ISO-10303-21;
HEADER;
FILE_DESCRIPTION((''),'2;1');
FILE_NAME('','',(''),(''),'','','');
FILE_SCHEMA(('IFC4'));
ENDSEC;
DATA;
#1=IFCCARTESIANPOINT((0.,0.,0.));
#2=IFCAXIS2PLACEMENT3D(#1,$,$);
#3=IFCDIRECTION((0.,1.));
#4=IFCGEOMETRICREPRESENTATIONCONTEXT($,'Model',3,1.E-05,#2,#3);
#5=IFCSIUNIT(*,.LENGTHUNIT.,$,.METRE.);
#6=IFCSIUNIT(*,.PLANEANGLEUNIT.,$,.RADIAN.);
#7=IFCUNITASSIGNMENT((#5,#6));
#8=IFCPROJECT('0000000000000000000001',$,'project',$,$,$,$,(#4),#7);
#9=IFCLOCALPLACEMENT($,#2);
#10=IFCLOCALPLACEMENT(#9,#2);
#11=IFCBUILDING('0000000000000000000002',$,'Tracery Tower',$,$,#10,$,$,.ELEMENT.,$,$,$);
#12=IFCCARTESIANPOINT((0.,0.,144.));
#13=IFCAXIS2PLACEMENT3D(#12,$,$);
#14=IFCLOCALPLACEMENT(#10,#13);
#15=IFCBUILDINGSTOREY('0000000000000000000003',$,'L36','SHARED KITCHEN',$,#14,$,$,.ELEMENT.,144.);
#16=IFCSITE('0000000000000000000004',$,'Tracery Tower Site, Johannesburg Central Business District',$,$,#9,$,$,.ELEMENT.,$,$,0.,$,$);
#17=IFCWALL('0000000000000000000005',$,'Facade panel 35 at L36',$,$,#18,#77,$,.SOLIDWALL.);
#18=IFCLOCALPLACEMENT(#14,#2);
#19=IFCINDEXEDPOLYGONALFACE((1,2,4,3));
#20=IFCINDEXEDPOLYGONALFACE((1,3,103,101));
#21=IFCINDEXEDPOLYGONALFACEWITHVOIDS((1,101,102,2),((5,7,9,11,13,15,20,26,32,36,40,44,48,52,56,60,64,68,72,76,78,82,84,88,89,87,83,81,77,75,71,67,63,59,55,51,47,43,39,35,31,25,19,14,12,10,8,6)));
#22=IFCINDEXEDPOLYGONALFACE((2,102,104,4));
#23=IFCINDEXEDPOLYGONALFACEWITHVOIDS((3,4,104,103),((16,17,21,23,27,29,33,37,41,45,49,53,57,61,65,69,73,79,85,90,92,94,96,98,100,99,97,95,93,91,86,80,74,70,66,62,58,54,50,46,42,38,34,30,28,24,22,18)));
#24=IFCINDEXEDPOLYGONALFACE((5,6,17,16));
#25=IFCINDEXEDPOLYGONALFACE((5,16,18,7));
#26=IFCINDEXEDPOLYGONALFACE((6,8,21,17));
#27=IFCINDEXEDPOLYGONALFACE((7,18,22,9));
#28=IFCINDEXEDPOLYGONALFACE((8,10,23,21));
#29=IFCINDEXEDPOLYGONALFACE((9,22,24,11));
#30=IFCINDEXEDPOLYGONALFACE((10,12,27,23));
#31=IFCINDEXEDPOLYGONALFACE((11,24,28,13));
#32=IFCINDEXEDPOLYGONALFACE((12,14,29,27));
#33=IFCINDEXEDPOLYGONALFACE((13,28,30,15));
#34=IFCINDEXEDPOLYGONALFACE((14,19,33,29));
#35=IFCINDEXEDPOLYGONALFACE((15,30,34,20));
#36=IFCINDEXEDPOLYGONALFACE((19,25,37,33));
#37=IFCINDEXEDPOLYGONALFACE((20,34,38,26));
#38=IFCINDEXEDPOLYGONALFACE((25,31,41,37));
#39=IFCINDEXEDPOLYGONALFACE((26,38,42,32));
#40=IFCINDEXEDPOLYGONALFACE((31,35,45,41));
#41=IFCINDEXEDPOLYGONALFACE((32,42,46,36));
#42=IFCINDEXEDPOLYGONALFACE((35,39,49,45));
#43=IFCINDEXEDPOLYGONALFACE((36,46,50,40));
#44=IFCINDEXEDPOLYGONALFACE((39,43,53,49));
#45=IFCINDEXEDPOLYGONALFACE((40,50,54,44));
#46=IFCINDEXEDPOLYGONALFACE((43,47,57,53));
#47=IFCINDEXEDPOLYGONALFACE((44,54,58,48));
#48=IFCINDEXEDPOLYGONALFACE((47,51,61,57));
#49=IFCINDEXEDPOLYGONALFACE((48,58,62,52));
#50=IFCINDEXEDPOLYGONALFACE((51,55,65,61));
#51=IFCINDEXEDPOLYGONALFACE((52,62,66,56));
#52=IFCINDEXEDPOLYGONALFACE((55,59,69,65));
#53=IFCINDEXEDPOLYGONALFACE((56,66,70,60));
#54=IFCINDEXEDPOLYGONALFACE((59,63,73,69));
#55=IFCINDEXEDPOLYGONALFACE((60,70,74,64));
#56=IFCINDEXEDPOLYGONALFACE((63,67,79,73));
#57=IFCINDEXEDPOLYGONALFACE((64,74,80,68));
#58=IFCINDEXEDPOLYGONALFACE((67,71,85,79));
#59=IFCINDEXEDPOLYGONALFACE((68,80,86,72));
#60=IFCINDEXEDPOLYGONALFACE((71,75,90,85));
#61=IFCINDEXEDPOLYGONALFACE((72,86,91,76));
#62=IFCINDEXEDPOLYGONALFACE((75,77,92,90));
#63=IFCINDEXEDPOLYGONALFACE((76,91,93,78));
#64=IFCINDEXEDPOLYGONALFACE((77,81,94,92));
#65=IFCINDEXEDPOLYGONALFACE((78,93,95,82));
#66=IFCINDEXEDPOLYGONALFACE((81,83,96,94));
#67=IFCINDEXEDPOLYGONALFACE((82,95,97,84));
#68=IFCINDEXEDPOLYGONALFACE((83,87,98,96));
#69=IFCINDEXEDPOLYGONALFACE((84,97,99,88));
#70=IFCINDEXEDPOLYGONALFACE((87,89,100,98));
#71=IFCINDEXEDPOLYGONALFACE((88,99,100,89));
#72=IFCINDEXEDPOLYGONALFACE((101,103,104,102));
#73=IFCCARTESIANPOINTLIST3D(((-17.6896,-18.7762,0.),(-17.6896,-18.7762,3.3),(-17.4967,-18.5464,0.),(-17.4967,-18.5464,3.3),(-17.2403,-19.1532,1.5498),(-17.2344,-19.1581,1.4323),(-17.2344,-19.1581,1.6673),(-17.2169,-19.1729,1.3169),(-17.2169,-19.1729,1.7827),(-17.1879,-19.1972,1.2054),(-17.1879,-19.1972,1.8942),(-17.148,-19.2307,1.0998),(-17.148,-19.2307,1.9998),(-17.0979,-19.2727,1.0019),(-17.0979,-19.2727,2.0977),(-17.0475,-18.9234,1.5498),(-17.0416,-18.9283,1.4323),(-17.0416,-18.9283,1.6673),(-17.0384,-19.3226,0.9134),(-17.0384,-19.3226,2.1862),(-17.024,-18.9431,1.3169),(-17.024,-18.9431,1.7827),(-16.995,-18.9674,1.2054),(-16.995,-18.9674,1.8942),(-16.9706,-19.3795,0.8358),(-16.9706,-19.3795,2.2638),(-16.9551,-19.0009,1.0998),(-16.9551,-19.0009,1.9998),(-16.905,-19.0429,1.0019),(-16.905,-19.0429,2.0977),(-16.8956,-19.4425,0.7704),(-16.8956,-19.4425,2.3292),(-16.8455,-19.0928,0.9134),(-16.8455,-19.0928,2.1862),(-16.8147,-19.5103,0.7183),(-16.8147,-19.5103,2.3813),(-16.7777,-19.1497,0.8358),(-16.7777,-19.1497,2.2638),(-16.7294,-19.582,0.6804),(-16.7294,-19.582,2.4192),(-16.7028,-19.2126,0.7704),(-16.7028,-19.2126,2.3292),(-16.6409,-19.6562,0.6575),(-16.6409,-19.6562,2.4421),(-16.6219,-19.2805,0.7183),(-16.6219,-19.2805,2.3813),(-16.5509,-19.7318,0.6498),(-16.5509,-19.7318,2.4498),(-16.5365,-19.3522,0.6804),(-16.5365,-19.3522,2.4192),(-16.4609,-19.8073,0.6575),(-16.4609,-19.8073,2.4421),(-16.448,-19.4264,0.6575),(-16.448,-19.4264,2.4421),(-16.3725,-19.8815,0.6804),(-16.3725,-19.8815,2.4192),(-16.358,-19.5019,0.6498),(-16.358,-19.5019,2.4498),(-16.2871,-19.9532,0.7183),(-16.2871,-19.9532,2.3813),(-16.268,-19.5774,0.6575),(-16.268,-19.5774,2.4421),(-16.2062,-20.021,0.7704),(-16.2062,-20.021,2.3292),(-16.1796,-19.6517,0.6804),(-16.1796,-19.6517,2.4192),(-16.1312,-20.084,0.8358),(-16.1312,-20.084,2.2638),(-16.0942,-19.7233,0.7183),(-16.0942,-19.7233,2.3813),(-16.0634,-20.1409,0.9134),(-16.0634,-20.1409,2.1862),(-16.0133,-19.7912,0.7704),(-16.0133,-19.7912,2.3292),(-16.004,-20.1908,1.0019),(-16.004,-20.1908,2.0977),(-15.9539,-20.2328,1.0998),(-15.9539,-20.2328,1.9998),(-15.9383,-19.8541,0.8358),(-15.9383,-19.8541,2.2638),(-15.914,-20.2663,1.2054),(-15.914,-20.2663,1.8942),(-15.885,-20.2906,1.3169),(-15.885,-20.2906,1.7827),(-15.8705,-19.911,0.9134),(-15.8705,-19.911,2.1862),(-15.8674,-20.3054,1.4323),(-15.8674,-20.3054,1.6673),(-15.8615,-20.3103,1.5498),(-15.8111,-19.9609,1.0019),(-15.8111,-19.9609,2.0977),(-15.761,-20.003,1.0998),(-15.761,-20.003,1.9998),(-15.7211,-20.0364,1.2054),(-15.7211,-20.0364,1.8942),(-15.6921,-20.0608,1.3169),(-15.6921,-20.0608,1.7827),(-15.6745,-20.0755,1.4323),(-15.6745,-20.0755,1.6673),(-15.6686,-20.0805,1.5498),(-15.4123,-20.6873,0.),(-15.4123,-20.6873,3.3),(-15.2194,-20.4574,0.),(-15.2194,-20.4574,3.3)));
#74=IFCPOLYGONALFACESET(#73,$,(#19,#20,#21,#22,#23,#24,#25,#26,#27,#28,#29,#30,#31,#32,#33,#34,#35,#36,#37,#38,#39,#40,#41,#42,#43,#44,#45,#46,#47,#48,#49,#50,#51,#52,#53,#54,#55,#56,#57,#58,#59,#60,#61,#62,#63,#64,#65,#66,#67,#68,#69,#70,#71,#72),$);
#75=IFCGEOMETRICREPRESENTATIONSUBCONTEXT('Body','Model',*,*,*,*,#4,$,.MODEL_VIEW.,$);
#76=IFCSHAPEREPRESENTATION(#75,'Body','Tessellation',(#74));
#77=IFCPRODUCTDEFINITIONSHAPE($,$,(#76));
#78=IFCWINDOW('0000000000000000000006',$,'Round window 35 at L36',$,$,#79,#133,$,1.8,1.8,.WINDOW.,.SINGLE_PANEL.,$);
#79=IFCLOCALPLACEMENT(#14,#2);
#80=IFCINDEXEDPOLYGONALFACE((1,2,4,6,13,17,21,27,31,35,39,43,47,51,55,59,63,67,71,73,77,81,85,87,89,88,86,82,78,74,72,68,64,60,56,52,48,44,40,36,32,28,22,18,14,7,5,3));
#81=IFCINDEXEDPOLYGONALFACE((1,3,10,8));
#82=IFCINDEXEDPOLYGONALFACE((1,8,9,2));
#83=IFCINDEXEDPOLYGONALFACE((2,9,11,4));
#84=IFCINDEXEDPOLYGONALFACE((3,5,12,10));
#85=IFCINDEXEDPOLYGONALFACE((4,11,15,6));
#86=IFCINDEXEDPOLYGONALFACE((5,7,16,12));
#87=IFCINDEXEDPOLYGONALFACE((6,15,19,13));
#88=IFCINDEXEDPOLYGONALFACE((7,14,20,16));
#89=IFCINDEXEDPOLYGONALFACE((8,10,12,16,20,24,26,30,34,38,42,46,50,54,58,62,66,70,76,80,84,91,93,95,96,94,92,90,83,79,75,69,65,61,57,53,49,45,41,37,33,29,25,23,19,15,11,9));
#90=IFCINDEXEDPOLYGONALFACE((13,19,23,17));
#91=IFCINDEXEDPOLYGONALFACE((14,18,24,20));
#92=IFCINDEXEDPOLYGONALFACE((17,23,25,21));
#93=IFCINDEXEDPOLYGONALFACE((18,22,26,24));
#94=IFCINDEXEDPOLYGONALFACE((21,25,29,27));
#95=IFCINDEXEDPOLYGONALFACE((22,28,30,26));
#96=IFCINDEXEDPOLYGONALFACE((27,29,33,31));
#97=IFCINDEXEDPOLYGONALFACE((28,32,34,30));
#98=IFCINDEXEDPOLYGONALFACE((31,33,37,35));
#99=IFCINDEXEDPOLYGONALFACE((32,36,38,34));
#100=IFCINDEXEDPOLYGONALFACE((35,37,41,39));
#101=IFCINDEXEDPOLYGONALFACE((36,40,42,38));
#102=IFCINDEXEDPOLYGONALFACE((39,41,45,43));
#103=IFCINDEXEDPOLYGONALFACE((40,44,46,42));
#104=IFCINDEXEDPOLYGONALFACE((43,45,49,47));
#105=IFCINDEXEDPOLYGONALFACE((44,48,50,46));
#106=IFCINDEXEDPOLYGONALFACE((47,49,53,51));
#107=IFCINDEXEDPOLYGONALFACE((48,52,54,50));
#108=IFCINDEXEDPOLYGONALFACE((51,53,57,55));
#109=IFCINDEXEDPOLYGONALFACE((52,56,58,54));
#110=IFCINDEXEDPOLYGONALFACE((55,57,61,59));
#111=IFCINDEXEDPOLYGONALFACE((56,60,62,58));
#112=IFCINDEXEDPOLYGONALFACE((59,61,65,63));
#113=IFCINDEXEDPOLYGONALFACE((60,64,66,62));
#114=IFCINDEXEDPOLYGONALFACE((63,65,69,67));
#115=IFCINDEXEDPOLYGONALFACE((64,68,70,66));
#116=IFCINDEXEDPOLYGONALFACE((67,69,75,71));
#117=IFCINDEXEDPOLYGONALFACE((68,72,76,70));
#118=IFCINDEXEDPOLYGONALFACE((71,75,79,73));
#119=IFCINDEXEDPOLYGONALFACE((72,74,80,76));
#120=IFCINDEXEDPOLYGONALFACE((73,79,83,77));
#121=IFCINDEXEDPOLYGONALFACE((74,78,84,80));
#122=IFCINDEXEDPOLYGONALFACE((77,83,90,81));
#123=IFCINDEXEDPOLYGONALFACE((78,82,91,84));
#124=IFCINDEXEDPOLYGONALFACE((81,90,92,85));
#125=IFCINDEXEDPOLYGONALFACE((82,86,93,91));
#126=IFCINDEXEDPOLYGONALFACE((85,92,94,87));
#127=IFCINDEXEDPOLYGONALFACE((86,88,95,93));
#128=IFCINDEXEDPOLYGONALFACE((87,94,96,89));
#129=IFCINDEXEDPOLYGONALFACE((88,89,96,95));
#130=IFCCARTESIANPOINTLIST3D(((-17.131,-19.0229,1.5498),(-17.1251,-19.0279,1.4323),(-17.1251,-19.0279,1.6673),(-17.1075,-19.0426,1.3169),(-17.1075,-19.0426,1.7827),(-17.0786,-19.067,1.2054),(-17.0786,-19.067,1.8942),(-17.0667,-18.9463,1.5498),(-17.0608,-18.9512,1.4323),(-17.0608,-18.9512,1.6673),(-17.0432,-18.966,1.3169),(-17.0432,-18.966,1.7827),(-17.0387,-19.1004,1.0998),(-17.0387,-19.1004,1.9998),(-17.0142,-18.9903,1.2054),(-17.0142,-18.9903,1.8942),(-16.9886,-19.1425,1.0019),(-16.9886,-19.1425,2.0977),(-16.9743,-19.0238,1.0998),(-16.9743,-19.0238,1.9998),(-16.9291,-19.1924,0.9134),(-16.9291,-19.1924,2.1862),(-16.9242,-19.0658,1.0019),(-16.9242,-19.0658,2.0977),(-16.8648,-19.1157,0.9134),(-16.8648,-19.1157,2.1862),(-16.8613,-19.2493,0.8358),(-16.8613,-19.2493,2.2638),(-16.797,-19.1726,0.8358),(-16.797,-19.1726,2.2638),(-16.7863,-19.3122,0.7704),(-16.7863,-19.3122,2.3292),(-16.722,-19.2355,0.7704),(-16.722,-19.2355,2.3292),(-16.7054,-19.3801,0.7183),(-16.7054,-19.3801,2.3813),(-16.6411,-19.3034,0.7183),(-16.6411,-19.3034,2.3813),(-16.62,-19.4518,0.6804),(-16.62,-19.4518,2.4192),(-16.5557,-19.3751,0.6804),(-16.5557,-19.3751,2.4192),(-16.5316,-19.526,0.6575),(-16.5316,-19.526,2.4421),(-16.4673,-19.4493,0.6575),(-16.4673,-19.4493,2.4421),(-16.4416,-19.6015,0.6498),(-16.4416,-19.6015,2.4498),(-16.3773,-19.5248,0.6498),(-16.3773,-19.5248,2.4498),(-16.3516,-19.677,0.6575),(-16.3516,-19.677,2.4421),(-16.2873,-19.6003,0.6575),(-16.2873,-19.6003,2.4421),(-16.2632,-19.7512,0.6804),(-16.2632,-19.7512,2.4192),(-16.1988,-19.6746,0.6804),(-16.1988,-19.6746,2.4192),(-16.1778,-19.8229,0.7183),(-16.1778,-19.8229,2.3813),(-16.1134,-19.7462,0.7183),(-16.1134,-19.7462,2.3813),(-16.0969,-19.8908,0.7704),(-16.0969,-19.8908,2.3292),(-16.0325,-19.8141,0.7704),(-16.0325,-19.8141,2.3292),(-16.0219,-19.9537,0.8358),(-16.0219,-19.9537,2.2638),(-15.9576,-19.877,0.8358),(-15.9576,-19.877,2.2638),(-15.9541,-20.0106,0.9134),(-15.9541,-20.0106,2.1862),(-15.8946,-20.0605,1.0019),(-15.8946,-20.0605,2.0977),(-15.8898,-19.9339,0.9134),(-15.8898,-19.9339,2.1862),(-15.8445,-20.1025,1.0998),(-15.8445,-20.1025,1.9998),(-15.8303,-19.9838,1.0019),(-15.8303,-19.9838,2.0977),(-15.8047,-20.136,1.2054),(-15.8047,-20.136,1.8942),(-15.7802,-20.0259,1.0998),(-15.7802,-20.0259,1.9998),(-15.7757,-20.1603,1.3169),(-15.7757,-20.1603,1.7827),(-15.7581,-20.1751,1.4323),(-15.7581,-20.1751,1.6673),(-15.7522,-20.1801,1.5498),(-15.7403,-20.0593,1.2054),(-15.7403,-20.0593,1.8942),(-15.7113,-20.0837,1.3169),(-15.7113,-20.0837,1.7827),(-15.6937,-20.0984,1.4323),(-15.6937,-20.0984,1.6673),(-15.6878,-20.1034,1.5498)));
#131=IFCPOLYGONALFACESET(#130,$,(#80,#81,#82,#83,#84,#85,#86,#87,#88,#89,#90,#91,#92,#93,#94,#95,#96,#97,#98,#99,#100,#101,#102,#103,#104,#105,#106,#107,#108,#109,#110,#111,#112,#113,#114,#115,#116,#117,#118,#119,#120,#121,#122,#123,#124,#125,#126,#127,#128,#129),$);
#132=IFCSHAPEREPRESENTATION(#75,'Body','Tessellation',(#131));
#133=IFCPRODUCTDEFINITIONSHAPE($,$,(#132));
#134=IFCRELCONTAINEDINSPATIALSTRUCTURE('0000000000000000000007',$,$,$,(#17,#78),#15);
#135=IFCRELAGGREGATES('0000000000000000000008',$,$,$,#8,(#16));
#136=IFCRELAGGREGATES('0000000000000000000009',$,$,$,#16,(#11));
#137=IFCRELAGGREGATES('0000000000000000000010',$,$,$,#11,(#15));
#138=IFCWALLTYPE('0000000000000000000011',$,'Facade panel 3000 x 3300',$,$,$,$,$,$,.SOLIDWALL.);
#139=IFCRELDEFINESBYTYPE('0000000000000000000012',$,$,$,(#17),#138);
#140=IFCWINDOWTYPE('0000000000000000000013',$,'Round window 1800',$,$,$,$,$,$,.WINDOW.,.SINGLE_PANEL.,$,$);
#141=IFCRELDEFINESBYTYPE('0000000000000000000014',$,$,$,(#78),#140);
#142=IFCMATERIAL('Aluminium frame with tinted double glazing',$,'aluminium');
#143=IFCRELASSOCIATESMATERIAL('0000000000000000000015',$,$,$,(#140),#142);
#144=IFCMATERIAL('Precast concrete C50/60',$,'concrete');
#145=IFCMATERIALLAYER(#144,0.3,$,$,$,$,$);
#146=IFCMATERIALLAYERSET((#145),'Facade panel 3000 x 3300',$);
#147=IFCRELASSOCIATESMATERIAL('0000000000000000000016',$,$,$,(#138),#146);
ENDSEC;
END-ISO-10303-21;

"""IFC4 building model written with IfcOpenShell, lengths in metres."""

from ifc_helpers import new_model, si_unit, direction, frame, frame_2d, origin, origin_2d, place, context, subcontext, project, spatial, rectangle, circle, extrude, material, layer, layer_set, type_object, element, fill, save


model = new_model("IFC4")

# Units and contexts
model_context = context("Model", 3, precision=1e-05, world=origin(), true_north=direction((0.0, 1.0)))
body_context = subcontext(model_context, "Body", "Model", "MODEL_VIEW")
ifc_project = project(units=[si_unit("LENGTHUNIT", "METRE"), si_unit("PLANEANGLEUNIT", "RADIAN")], contexts=[model_context])

# Site, building, storey
site_placement = place(None, origin())
site = spatial("IfcSite", under=ifc_project, at=site_placement, Name="Tracery Tower Site, Johannesburg Central Business District", CompositionType="ELEMENT", RefElevation=0.0)
building_placement = place(site_placement, origin())
building = spatial("IfcBuilding", under=site, at=building_placement, Name="Tracery Tower", CompositionType="ELEMENT")
storey_placement = place(building_placement, frame((0.0, 0.0, 144.0)))
storey = spatial("IfcBuildingStorey", under=building, at=storey_placement, Name="L36", Description="SHARED KITCHEN", CompositionType="ELEMENT", Elevation=144.0)

# Wall, opening, window
ifc_material_1 = material(Name="Aluminium frame with tinted double glazing", Category="aluminium")
window_type = type_object("IfcWindowType", Name="Round window 1800", PartitioningType="SINGLE_PANEL", PredefinedType="WINDOW", material=ifc_material_1)
ifc_material_2 = material(Name="Precast concrete C50/60", Category="concrete")
ifc_layer_1 = layer(ifc_material_2, 0.3)
ifc_layer_set_1 = layer_set([ifc_layer_1], Name="Facade panel 3000 x 3300")
wall_type_1 = type_object("IfcWallType", Name="Facade panel 3000 x 3300", PredefinedType="SOLIDWALL", material=ifc_layer_set_1)
wall_1_placement = place(storey_placement, frame((-17.593, -18.6614, 0.0), z_axis=(0.0, 0.0, 1.0), x_axis=(0.766009, -0.64283, 0.0)))
wall_1 = element("IfcWall", 1, at=wall_1_placement, inside=storey, type_object=wall_type_1, Name="Facade panel 35 at L36", PredefinedType="SOLIDWALL", context=body_context, shape_type="SweptSolid", body=[
    extrude(rectangle(XDim=2.9729, YDim=0.3, at=frame_2d((1.4863, 0.0))), origin(), (0.0, 0.0, 1.0), 3.3),
])
opening_1_placement = place(wall_1_placement, frame((1.4863, 0.0, 1.5498)))
opening_1 = element("IfcOpeningElement", 2, at=opening_1_placement, cuts=wall_1, PredefinedType="OPENING", context=body_context, shape_type="SweptSolid", body=[
    extrude(circle(Radius=0.9, at=origin_2d()), frame((0.0, 0.1599, 0.0), z_axis=(0.0, -1.0, 0.0), x_axis=(1.0, 0.0, 0.0)), (0.0, 0.0, 1.0), 0.3201),
])
window_1_placement = place(opening_1_placement, origin())
window_1 = element("IfcWindow", 3, at=window_1_placement, inside=storey, type_object=window_type, Name="Round window 35 at L36", OverallHeight=1.8, OverallWidth=1.8, PartitioningType="SINGLE_PANEL", PredefinedType="WINDOW", context=body_context, shape_type="SweptSolid", body=[
    extrude(circle(Radius=0.9, at=origin_2d()), frame((0.0, 0.1201, 0.0), z_axis=(0.0, -1.0, 0.0), x_axis=(1.0, 0.0, 0.0)), (0.0, 0.0, 1.0), 0.1001),
])
fill(opening_1, window_1)

save(model, "model.ifc")
